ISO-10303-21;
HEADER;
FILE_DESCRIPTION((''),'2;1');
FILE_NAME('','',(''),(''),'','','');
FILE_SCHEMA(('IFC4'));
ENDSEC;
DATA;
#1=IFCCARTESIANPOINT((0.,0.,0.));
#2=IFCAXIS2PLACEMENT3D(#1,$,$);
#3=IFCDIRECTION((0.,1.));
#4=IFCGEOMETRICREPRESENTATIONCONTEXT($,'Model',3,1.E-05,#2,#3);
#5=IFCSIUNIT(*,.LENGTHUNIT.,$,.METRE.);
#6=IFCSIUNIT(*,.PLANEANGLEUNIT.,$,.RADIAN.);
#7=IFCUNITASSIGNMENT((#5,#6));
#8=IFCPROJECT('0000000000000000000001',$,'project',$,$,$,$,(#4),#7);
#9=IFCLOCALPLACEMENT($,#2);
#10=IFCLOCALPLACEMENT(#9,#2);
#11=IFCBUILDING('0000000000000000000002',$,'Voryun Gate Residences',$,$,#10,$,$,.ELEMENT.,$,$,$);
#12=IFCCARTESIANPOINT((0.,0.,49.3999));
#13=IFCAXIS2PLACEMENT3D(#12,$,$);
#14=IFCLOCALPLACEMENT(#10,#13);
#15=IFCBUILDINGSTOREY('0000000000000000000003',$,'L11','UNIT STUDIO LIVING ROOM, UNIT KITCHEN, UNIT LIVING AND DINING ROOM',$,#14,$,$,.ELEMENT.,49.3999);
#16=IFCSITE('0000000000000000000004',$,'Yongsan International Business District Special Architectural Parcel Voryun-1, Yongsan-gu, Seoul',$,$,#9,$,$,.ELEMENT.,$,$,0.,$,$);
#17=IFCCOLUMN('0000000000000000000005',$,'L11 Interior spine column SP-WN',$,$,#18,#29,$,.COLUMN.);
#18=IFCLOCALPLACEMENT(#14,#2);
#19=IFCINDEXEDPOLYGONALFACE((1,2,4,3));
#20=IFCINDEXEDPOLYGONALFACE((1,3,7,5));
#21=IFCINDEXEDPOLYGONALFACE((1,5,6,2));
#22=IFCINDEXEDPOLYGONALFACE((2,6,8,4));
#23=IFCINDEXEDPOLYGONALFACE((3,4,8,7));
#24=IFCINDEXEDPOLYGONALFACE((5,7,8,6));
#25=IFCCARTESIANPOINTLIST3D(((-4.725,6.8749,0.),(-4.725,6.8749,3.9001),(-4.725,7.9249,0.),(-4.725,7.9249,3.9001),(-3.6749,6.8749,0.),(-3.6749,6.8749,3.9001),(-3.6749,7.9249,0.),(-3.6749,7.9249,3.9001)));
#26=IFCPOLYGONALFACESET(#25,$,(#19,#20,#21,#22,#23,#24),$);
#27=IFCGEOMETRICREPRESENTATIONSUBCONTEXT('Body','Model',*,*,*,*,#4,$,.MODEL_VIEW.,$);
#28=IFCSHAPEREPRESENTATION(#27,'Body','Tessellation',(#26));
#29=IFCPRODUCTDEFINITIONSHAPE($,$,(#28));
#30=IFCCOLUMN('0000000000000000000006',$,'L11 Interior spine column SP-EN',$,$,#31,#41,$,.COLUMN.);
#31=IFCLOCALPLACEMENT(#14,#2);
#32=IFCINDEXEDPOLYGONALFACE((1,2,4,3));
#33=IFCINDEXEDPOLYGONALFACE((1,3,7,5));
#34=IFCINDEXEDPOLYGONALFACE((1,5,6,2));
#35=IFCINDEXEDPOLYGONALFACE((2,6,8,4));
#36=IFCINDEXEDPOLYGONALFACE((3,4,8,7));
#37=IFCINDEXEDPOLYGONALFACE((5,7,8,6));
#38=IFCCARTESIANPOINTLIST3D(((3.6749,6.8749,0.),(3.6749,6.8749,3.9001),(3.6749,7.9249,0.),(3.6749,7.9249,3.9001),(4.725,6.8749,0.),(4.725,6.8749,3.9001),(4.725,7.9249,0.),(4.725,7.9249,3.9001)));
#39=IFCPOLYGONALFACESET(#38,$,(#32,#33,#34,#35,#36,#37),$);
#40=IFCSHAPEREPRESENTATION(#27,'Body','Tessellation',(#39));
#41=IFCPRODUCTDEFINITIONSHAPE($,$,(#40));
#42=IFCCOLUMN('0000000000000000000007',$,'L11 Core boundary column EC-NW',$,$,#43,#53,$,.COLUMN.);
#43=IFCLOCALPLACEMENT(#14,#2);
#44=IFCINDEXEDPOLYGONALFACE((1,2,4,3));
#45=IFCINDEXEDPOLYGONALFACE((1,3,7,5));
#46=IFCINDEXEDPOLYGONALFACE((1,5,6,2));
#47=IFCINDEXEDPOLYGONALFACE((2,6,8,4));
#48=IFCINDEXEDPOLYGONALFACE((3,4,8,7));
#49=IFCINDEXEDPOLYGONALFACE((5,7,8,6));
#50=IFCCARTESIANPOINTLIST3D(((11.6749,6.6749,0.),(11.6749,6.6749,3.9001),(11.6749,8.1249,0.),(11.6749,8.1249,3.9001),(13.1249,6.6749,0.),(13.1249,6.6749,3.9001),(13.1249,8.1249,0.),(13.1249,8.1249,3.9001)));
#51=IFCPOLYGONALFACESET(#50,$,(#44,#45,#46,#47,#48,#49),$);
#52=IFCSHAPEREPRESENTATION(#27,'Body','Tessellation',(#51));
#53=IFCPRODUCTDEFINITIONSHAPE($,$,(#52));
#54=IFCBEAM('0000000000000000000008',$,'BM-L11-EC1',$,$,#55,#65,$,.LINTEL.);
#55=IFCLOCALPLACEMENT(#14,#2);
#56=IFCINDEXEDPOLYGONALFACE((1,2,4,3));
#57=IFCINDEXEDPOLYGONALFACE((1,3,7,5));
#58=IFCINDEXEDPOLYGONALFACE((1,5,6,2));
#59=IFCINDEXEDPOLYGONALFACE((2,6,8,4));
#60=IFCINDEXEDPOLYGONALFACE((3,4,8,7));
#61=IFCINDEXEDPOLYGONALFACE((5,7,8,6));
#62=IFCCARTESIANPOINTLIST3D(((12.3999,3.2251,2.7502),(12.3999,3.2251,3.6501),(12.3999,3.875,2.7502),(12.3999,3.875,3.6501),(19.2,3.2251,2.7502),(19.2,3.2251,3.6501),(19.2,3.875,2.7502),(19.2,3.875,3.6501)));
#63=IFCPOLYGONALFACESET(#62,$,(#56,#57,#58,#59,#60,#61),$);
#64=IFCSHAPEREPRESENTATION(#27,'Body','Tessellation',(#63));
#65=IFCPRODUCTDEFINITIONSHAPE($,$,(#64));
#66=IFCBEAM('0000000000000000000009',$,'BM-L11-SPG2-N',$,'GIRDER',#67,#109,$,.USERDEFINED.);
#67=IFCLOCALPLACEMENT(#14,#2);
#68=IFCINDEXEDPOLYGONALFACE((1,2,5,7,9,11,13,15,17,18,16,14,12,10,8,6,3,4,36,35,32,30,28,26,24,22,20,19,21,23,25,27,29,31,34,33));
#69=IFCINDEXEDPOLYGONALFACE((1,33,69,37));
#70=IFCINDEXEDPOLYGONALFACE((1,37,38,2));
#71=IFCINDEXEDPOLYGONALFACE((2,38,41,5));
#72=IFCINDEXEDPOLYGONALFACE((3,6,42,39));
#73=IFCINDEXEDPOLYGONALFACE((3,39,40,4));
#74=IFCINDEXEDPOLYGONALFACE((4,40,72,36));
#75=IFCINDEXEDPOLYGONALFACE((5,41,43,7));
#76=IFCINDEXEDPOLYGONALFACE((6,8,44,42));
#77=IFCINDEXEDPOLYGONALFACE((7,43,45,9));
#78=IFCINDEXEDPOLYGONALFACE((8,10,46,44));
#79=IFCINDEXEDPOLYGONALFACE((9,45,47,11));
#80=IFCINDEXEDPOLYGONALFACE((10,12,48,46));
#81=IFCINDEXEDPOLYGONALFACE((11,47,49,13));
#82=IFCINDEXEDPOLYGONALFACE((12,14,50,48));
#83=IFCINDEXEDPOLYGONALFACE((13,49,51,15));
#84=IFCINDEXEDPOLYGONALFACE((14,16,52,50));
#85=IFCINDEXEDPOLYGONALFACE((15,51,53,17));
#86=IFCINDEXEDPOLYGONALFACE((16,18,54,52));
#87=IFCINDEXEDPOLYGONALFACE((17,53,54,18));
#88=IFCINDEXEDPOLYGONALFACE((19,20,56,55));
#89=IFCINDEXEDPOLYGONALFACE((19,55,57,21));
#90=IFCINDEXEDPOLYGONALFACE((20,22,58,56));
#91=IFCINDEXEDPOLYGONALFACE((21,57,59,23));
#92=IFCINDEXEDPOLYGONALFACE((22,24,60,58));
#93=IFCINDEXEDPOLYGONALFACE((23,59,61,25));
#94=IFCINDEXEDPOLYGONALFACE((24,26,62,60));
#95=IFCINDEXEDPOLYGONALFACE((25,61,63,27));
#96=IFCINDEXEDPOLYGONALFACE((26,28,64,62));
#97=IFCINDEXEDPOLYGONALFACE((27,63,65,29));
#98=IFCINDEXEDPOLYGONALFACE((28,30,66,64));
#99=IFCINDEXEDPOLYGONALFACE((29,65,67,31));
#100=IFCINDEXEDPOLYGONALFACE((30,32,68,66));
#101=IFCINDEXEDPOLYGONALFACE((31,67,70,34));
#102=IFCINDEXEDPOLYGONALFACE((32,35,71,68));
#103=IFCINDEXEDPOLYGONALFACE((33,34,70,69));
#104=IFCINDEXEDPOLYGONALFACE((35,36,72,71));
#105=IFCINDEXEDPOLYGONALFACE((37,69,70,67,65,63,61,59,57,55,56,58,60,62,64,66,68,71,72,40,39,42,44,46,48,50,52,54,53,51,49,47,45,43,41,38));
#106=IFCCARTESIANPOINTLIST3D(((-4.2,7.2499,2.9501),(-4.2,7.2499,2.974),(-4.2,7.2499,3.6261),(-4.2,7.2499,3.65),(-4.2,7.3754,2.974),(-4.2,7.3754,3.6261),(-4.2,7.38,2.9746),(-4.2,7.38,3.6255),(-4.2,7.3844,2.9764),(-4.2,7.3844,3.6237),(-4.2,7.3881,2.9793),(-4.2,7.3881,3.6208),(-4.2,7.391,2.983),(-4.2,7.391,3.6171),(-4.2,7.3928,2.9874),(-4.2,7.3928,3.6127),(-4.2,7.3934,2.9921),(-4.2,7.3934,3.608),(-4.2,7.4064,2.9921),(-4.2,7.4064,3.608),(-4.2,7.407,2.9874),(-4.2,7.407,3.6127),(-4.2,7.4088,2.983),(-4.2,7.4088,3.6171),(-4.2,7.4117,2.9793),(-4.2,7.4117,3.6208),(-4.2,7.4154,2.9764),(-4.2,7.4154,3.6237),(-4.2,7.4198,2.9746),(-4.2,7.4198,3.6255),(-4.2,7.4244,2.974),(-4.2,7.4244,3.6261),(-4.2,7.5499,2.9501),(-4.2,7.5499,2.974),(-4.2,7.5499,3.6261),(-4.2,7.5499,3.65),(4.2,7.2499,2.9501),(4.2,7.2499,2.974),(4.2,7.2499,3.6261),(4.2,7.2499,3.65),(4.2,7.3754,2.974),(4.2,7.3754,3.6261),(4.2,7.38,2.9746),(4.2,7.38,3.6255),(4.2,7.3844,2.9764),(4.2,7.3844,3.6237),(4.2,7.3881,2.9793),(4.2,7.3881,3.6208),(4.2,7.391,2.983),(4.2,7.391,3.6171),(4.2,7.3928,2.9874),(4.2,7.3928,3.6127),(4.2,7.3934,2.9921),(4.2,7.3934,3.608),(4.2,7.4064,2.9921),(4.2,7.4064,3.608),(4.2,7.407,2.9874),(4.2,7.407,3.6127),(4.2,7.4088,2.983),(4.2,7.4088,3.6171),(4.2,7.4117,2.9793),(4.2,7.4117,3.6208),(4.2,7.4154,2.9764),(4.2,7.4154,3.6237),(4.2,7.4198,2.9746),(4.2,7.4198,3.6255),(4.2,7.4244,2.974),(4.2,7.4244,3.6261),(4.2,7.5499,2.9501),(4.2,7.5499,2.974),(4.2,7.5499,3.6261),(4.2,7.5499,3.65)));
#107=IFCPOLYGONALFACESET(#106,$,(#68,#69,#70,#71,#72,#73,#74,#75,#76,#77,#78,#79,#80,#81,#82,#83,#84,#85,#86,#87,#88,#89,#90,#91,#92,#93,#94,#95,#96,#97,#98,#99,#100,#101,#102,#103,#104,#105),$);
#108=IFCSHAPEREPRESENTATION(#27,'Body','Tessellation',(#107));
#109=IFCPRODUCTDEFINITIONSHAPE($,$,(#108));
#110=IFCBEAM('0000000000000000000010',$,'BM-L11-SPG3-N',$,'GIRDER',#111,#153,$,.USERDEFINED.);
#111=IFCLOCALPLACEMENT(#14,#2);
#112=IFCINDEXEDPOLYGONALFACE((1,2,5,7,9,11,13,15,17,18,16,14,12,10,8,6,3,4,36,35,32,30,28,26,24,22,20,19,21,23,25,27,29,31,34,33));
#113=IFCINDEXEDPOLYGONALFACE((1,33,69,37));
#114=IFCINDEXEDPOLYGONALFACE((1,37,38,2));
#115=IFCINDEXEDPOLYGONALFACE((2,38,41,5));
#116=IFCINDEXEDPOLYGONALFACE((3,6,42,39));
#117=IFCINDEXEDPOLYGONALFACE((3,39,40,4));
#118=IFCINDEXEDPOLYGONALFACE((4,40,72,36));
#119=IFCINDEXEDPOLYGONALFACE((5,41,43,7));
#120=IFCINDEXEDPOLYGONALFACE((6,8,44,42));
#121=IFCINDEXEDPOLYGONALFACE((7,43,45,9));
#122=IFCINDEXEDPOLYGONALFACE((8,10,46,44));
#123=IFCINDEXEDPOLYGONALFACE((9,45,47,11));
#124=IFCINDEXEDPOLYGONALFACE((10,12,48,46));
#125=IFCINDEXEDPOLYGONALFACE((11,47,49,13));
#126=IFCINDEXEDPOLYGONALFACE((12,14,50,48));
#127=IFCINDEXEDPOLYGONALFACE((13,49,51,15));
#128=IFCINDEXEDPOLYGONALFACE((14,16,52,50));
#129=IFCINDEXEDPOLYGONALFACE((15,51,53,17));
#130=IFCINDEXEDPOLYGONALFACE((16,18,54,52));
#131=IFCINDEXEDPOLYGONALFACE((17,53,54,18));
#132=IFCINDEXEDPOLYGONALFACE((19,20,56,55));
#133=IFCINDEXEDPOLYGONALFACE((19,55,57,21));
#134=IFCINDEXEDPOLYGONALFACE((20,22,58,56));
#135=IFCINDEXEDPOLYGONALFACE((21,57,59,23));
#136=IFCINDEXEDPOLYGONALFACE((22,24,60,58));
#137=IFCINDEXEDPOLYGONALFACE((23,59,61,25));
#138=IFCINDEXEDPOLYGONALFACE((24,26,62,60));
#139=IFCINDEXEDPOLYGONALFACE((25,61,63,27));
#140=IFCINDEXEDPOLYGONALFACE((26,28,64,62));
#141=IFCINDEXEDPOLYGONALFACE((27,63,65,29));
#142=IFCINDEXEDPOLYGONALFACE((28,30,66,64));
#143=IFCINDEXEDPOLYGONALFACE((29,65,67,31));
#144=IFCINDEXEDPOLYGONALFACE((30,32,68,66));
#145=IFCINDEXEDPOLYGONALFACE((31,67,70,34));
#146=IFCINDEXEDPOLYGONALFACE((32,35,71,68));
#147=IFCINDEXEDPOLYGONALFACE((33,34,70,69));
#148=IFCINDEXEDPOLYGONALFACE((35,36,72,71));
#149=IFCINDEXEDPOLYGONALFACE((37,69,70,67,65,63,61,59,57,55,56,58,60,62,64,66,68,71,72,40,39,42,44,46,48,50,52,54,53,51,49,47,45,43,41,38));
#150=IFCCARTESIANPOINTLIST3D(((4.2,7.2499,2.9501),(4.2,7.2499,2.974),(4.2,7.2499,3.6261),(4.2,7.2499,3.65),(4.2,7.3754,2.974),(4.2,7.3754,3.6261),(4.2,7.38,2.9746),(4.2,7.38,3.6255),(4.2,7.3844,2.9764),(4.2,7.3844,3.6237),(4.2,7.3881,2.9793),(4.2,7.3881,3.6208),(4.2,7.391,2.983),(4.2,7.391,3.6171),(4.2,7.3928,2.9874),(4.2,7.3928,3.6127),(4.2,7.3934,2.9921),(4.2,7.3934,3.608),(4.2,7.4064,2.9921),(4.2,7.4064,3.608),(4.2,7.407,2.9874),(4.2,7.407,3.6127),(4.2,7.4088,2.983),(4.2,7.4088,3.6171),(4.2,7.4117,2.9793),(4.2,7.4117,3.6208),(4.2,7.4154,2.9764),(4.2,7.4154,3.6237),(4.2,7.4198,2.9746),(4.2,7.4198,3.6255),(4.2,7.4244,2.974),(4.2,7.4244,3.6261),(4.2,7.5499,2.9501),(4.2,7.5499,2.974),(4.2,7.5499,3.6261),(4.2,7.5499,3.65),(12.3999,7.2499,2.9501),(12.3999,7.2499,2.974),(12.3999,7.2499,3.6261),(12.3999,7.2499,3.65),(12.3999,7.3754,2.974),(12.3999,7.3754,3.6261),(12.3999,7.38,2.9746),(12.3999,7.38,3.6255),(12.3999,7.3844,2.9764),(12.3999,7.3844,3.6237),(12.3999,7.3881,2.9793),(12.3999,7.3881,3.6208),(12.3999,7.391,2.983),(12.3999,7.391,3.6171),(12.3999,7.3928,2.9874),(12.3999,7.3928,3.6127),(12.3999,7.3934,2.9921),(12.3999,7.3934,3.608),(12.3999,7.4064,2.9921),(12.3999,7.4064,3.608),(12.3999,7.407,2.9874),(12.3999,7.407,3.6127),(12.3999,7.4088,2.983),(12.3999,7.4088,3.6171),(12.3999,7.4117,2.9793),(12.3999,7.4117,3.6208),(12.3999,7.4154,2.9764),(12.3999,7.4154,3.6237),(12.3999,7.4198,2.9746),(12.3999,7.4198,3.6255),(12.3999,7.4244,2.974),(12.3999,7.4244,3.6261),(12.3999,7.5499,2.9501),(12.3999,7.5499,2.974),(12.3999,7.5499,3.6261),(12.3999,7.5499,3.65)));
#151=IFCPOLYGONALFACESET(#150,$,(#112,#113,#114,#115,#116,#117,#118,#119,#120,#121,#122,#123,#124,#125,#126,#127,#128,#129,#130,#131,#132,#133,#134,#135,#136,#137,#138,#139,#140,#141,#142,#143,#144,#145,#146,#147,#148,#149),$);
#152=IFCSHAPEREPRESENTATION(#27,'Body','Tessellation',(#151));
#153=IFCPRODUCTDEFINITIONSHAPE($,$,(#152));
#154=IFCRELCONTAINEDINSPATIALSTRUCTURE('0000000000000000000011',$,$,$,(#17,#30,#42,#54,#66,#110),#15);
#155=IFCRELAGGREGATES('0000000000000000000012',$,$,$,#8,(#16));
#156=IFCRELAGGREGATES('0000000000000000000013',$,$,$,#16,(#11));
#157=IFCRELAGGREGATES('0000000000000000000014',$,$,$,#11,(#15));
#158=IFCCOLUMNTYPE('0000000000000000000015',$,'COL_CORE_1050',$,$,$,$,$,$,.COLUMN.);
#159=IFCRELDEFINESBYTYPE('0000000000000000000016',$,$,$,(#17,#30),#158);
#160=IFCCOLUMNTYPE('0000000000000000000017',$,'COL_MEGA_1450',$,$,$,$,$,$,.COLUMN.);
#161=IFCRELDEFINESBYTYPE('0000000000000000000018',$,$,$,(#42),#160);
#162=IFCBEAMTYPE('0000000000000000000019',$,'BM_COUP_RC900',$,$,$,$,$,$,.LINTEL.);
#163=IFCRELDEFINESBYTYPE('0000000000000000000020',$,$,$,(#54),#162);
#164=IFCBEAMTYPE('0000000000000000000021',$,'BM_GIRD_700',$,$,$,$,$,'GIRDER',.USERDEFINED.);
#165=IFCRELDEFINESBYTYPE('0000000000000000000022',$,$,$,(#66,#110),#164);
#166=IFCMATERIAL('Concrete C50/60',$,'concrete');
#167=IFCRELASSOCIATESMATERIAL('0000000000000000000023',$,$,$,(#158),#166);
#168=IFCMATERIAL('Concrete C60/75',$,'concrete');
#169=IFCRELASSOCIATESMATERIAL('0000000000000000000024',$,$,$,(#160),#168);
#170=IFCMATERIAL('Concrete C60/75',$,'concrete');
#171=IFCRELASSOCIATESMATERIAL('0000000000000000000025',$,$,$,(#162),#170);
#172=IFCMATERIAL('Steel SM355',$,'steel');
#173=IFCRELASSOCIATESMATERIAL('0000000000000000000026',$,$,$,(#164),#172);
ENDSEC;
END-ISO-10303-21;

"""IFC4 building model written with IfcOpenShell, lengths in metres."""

from ifc_helpers import new_model, si_unit, direction, frame, origin, origin_2d, place, context, subcontext, project, spatial, rectangle, i_section, extrude, material, material_profile, profile_set, type_object, element, save


model = new_model("IFC4")

# Units and contexts
model_context = context("Model", 3, precision=1e-05, world=origin(), true_north=direction((0.0, 1.0)))
body_context = subcontext(model_context, "Body", "Model", "MODEL_VIEW")
ifc_project = project(units=[si_unit("LENGTHUNIT", "METRE"), si_unit("PLANEANGLEUNIT", "RADIAN")], contexts=[model_context])

# Site, building, storey
site_placement = place(None, origin())
site = spatial("IfcSite", under=ifc_project, at=site_placement, Name="Yongsan International Business District Special Architectural Parcel Voryun-1, Yongsan-gu, Seoul", CompositionType="ELEMENT", RefElevation=0.0)
building_placement = place(site_placement, origin())
building = spatial("IfcBuilding", under=site, at=building_placement, Name="Voryun Gate Residences", CompositionType="ELEMENT")
storey_placement = place(building_placement, frame((0.0, 0.0, 49.3999)))
storey = spatial("IfcBuildingStorey", under=building, at=storey_placement, Name="L11", Description="UNIT STUDIO LIVING ROOM, UNIT KITCHEN, UNIT LIVING AND DINING ROOM", CompositionType="ELEMENT", Elevation=49.3999)

# Columns
ifc_material_1 = material(Name="Concrete C50/60", Category="concrete")
ifc_material_profile_1 = material_profile(ifc_material_1, rectangle(XDim=1.05, YDim=1.05, at=origin_2d()), Name="RC-1050x1050")
ifc_profile_set_1 = profile_set([ifc_material_profile_1], Name="Concrete C50/60")
column_type_1 = type_object("IfcColumnType", Name="COL_CORE_1050", PredefinedType="COLUMN", material=ifc_profile_set_1)
for number, where, z_axis, x_axis, name in (
    (1, (-4.2, 7.3999, 0.0), (0.0, 0.0, 1.0), (1.0, 0.0, 0.0), "L11 Interior spine column SP-WN"),
    (2, (4.2, 7.3999, 0.0), (0.0, 0.0, 1.0), (1.0, 0.0, 0.0), "L11 Interior spine column SP-EN"),
):
    element("IfcColumn", number, at=place(storey_placement, frame(where, z_axis=z_axis, x_axis=x_axis)), inside=storey, type_object=column_type_1, Name=name, PredefinedType="COLUMN", context=body_context, shape_type="SweptSolid", body=[
        extrude(rectangle(XDim=1.05, YDim=1.05, at=origin_2d()), origin(), (0.0, 0.0, 1.0), 3.9001),
    ])
ifc_material_2 = material(Name="Concrete C60/75", Category="concrete")
ifc_material_profile_2 = material_profile(ifc_material_2, rectangle(XDim=1.45, YDim=1.45, at=origin_2d()), Name="RC-1450x1450")
ifc_profile_set_2 = profile_set([ifc_material_profile_2], Name="Concrete C60/75")
column_type_2 = type_object("IfcColumnType", Name="COL_MEGA_1450", PredefinedType="COLUMN", material=ifc_profile_set_2)
column_placement = place(storey_placement, frame((12.3999, 7.3999, 0.0), z_axis=(0.0, 0.0, 1.0), x_axis=(1.0, 0.0, 0.0)))
element("IfcColumn", 3, at=column_placement, inside=storey, type_object=column_type_2, Name="L11 Core boundary column EC-NW", PredefinedType="COLUMN", context=body_context, shape_type="SweptSolid", body=[
    extrude(rectangle(XDim=1.45, YDim=1.45, at=origin_2d()), origin(), (0.0, 0.0, 1.0), 3.9001),
])

# Beams
ifc_material_3 = material(Name="Concrete C60/75", Category="concrete")
ifc_material_profile_3 = material_profile(ifc_material_3, rectangle(XDim=0.6499, YDim=0.8999, at=origin_2d()), Name="RC-650x900")
ifc_profile_set_3 = profile_set([ifc_material_profile_3], Name="Concrete C60/75")
beam_type_1 = type_object("IfcBeamType", Name="BM_COUP_RC900", PredefinedType="LINTEL", material=ifc_profile_set_3)
beam_1_placement = place(storey_placement, frame((12.3999, 3.55, 3.2002), z_axis=(1.0, 0.0, 0.0), x_axis=(0.0, 1.0, 0.0)))
element("IfcBeam", 4, at=beam_1_placement, inside=storey, type_object=beam_type_1, Name="BM-L11-EC1", PredefinedType="LINTEL", context=body_context, shape_type="SweptSolid", body=[
    extrude(rectangle(XDim=0.6499, YDim=0.8999, at=origin_2d()), origin(), (0.0, 0.0, 1.0), 6.8),
])
ifc_material_4 = material(Name="Steel SM355", Category="steel")
ifc_material_profile_4 = material_profile(ifc_material_4, i_section(OverallWidth=0.3, OverallDepth=0.7, WebThickness=0.0129, FlangeThickness=0.0239, FilletRadius=0.0181, at=origin_2d()), Name="H-700x300x13x24")
ifc_profile_set_4 = profile_set([ifc_material_profile_4], Name="Steel SM355")
beam_type_2 = type_object("IfcBeamType", Name="BM_GIRD_700", ElementType="GIRDER", PredefinedType="USERDEFINED", material=ifc_profile_set_4)
beam_2_placement = place(storey_placement, frame((-4.2, 7.3999, 3.3), z_axis=(1.0, 0.0, 0.0), x_axis=(0.0, 1.0, 0.0)))
element("IfcBeam", 5, at=beam_2_placement, inside=storey, type_object=beam_type_2, Name="BM-L11-SPG2-N", ObjectType="GIRDER", PredefinedType="USERDEFINED", context=body_context, shape_type="SweptSolid", body=[
    extrude(i_section(OverallWidth=0.3, OverallDepth=0.7, WebThickness=0.0129, FlangeThickness=0.0239, FilletRadius=0.0181, at=origin_2d()), origin(), (0.0, 0.0, 1.0), 8.3999),
])
beam_3_placement = place(storey_placement, frame((4.2, 7.3999, 3.3), z_axis=(1.0, 0.0, 0.0), x_axis=(0.0, 1.0, 0.0)))
element("IfcBeam", 6, at=beam_3_placement, inside=storey, type_object=beam_type_2, Name="BM-L11-SPG3-N", ObjectType="GIRDER", PredefinedType="USERDEFINED", context=body_context, shape_type="SweptSolid", body=[
    extrude(i_section(OverallWidth=0.3, OverallDepth=0.7, WebThickness=0.0129, FlangeThickness=0.0239, FilletRadius=0.0181, at=origin_2d()), origin(), (0.0, 0.0, 1.0), 8.2),
])

save(model, "model.ifc")
